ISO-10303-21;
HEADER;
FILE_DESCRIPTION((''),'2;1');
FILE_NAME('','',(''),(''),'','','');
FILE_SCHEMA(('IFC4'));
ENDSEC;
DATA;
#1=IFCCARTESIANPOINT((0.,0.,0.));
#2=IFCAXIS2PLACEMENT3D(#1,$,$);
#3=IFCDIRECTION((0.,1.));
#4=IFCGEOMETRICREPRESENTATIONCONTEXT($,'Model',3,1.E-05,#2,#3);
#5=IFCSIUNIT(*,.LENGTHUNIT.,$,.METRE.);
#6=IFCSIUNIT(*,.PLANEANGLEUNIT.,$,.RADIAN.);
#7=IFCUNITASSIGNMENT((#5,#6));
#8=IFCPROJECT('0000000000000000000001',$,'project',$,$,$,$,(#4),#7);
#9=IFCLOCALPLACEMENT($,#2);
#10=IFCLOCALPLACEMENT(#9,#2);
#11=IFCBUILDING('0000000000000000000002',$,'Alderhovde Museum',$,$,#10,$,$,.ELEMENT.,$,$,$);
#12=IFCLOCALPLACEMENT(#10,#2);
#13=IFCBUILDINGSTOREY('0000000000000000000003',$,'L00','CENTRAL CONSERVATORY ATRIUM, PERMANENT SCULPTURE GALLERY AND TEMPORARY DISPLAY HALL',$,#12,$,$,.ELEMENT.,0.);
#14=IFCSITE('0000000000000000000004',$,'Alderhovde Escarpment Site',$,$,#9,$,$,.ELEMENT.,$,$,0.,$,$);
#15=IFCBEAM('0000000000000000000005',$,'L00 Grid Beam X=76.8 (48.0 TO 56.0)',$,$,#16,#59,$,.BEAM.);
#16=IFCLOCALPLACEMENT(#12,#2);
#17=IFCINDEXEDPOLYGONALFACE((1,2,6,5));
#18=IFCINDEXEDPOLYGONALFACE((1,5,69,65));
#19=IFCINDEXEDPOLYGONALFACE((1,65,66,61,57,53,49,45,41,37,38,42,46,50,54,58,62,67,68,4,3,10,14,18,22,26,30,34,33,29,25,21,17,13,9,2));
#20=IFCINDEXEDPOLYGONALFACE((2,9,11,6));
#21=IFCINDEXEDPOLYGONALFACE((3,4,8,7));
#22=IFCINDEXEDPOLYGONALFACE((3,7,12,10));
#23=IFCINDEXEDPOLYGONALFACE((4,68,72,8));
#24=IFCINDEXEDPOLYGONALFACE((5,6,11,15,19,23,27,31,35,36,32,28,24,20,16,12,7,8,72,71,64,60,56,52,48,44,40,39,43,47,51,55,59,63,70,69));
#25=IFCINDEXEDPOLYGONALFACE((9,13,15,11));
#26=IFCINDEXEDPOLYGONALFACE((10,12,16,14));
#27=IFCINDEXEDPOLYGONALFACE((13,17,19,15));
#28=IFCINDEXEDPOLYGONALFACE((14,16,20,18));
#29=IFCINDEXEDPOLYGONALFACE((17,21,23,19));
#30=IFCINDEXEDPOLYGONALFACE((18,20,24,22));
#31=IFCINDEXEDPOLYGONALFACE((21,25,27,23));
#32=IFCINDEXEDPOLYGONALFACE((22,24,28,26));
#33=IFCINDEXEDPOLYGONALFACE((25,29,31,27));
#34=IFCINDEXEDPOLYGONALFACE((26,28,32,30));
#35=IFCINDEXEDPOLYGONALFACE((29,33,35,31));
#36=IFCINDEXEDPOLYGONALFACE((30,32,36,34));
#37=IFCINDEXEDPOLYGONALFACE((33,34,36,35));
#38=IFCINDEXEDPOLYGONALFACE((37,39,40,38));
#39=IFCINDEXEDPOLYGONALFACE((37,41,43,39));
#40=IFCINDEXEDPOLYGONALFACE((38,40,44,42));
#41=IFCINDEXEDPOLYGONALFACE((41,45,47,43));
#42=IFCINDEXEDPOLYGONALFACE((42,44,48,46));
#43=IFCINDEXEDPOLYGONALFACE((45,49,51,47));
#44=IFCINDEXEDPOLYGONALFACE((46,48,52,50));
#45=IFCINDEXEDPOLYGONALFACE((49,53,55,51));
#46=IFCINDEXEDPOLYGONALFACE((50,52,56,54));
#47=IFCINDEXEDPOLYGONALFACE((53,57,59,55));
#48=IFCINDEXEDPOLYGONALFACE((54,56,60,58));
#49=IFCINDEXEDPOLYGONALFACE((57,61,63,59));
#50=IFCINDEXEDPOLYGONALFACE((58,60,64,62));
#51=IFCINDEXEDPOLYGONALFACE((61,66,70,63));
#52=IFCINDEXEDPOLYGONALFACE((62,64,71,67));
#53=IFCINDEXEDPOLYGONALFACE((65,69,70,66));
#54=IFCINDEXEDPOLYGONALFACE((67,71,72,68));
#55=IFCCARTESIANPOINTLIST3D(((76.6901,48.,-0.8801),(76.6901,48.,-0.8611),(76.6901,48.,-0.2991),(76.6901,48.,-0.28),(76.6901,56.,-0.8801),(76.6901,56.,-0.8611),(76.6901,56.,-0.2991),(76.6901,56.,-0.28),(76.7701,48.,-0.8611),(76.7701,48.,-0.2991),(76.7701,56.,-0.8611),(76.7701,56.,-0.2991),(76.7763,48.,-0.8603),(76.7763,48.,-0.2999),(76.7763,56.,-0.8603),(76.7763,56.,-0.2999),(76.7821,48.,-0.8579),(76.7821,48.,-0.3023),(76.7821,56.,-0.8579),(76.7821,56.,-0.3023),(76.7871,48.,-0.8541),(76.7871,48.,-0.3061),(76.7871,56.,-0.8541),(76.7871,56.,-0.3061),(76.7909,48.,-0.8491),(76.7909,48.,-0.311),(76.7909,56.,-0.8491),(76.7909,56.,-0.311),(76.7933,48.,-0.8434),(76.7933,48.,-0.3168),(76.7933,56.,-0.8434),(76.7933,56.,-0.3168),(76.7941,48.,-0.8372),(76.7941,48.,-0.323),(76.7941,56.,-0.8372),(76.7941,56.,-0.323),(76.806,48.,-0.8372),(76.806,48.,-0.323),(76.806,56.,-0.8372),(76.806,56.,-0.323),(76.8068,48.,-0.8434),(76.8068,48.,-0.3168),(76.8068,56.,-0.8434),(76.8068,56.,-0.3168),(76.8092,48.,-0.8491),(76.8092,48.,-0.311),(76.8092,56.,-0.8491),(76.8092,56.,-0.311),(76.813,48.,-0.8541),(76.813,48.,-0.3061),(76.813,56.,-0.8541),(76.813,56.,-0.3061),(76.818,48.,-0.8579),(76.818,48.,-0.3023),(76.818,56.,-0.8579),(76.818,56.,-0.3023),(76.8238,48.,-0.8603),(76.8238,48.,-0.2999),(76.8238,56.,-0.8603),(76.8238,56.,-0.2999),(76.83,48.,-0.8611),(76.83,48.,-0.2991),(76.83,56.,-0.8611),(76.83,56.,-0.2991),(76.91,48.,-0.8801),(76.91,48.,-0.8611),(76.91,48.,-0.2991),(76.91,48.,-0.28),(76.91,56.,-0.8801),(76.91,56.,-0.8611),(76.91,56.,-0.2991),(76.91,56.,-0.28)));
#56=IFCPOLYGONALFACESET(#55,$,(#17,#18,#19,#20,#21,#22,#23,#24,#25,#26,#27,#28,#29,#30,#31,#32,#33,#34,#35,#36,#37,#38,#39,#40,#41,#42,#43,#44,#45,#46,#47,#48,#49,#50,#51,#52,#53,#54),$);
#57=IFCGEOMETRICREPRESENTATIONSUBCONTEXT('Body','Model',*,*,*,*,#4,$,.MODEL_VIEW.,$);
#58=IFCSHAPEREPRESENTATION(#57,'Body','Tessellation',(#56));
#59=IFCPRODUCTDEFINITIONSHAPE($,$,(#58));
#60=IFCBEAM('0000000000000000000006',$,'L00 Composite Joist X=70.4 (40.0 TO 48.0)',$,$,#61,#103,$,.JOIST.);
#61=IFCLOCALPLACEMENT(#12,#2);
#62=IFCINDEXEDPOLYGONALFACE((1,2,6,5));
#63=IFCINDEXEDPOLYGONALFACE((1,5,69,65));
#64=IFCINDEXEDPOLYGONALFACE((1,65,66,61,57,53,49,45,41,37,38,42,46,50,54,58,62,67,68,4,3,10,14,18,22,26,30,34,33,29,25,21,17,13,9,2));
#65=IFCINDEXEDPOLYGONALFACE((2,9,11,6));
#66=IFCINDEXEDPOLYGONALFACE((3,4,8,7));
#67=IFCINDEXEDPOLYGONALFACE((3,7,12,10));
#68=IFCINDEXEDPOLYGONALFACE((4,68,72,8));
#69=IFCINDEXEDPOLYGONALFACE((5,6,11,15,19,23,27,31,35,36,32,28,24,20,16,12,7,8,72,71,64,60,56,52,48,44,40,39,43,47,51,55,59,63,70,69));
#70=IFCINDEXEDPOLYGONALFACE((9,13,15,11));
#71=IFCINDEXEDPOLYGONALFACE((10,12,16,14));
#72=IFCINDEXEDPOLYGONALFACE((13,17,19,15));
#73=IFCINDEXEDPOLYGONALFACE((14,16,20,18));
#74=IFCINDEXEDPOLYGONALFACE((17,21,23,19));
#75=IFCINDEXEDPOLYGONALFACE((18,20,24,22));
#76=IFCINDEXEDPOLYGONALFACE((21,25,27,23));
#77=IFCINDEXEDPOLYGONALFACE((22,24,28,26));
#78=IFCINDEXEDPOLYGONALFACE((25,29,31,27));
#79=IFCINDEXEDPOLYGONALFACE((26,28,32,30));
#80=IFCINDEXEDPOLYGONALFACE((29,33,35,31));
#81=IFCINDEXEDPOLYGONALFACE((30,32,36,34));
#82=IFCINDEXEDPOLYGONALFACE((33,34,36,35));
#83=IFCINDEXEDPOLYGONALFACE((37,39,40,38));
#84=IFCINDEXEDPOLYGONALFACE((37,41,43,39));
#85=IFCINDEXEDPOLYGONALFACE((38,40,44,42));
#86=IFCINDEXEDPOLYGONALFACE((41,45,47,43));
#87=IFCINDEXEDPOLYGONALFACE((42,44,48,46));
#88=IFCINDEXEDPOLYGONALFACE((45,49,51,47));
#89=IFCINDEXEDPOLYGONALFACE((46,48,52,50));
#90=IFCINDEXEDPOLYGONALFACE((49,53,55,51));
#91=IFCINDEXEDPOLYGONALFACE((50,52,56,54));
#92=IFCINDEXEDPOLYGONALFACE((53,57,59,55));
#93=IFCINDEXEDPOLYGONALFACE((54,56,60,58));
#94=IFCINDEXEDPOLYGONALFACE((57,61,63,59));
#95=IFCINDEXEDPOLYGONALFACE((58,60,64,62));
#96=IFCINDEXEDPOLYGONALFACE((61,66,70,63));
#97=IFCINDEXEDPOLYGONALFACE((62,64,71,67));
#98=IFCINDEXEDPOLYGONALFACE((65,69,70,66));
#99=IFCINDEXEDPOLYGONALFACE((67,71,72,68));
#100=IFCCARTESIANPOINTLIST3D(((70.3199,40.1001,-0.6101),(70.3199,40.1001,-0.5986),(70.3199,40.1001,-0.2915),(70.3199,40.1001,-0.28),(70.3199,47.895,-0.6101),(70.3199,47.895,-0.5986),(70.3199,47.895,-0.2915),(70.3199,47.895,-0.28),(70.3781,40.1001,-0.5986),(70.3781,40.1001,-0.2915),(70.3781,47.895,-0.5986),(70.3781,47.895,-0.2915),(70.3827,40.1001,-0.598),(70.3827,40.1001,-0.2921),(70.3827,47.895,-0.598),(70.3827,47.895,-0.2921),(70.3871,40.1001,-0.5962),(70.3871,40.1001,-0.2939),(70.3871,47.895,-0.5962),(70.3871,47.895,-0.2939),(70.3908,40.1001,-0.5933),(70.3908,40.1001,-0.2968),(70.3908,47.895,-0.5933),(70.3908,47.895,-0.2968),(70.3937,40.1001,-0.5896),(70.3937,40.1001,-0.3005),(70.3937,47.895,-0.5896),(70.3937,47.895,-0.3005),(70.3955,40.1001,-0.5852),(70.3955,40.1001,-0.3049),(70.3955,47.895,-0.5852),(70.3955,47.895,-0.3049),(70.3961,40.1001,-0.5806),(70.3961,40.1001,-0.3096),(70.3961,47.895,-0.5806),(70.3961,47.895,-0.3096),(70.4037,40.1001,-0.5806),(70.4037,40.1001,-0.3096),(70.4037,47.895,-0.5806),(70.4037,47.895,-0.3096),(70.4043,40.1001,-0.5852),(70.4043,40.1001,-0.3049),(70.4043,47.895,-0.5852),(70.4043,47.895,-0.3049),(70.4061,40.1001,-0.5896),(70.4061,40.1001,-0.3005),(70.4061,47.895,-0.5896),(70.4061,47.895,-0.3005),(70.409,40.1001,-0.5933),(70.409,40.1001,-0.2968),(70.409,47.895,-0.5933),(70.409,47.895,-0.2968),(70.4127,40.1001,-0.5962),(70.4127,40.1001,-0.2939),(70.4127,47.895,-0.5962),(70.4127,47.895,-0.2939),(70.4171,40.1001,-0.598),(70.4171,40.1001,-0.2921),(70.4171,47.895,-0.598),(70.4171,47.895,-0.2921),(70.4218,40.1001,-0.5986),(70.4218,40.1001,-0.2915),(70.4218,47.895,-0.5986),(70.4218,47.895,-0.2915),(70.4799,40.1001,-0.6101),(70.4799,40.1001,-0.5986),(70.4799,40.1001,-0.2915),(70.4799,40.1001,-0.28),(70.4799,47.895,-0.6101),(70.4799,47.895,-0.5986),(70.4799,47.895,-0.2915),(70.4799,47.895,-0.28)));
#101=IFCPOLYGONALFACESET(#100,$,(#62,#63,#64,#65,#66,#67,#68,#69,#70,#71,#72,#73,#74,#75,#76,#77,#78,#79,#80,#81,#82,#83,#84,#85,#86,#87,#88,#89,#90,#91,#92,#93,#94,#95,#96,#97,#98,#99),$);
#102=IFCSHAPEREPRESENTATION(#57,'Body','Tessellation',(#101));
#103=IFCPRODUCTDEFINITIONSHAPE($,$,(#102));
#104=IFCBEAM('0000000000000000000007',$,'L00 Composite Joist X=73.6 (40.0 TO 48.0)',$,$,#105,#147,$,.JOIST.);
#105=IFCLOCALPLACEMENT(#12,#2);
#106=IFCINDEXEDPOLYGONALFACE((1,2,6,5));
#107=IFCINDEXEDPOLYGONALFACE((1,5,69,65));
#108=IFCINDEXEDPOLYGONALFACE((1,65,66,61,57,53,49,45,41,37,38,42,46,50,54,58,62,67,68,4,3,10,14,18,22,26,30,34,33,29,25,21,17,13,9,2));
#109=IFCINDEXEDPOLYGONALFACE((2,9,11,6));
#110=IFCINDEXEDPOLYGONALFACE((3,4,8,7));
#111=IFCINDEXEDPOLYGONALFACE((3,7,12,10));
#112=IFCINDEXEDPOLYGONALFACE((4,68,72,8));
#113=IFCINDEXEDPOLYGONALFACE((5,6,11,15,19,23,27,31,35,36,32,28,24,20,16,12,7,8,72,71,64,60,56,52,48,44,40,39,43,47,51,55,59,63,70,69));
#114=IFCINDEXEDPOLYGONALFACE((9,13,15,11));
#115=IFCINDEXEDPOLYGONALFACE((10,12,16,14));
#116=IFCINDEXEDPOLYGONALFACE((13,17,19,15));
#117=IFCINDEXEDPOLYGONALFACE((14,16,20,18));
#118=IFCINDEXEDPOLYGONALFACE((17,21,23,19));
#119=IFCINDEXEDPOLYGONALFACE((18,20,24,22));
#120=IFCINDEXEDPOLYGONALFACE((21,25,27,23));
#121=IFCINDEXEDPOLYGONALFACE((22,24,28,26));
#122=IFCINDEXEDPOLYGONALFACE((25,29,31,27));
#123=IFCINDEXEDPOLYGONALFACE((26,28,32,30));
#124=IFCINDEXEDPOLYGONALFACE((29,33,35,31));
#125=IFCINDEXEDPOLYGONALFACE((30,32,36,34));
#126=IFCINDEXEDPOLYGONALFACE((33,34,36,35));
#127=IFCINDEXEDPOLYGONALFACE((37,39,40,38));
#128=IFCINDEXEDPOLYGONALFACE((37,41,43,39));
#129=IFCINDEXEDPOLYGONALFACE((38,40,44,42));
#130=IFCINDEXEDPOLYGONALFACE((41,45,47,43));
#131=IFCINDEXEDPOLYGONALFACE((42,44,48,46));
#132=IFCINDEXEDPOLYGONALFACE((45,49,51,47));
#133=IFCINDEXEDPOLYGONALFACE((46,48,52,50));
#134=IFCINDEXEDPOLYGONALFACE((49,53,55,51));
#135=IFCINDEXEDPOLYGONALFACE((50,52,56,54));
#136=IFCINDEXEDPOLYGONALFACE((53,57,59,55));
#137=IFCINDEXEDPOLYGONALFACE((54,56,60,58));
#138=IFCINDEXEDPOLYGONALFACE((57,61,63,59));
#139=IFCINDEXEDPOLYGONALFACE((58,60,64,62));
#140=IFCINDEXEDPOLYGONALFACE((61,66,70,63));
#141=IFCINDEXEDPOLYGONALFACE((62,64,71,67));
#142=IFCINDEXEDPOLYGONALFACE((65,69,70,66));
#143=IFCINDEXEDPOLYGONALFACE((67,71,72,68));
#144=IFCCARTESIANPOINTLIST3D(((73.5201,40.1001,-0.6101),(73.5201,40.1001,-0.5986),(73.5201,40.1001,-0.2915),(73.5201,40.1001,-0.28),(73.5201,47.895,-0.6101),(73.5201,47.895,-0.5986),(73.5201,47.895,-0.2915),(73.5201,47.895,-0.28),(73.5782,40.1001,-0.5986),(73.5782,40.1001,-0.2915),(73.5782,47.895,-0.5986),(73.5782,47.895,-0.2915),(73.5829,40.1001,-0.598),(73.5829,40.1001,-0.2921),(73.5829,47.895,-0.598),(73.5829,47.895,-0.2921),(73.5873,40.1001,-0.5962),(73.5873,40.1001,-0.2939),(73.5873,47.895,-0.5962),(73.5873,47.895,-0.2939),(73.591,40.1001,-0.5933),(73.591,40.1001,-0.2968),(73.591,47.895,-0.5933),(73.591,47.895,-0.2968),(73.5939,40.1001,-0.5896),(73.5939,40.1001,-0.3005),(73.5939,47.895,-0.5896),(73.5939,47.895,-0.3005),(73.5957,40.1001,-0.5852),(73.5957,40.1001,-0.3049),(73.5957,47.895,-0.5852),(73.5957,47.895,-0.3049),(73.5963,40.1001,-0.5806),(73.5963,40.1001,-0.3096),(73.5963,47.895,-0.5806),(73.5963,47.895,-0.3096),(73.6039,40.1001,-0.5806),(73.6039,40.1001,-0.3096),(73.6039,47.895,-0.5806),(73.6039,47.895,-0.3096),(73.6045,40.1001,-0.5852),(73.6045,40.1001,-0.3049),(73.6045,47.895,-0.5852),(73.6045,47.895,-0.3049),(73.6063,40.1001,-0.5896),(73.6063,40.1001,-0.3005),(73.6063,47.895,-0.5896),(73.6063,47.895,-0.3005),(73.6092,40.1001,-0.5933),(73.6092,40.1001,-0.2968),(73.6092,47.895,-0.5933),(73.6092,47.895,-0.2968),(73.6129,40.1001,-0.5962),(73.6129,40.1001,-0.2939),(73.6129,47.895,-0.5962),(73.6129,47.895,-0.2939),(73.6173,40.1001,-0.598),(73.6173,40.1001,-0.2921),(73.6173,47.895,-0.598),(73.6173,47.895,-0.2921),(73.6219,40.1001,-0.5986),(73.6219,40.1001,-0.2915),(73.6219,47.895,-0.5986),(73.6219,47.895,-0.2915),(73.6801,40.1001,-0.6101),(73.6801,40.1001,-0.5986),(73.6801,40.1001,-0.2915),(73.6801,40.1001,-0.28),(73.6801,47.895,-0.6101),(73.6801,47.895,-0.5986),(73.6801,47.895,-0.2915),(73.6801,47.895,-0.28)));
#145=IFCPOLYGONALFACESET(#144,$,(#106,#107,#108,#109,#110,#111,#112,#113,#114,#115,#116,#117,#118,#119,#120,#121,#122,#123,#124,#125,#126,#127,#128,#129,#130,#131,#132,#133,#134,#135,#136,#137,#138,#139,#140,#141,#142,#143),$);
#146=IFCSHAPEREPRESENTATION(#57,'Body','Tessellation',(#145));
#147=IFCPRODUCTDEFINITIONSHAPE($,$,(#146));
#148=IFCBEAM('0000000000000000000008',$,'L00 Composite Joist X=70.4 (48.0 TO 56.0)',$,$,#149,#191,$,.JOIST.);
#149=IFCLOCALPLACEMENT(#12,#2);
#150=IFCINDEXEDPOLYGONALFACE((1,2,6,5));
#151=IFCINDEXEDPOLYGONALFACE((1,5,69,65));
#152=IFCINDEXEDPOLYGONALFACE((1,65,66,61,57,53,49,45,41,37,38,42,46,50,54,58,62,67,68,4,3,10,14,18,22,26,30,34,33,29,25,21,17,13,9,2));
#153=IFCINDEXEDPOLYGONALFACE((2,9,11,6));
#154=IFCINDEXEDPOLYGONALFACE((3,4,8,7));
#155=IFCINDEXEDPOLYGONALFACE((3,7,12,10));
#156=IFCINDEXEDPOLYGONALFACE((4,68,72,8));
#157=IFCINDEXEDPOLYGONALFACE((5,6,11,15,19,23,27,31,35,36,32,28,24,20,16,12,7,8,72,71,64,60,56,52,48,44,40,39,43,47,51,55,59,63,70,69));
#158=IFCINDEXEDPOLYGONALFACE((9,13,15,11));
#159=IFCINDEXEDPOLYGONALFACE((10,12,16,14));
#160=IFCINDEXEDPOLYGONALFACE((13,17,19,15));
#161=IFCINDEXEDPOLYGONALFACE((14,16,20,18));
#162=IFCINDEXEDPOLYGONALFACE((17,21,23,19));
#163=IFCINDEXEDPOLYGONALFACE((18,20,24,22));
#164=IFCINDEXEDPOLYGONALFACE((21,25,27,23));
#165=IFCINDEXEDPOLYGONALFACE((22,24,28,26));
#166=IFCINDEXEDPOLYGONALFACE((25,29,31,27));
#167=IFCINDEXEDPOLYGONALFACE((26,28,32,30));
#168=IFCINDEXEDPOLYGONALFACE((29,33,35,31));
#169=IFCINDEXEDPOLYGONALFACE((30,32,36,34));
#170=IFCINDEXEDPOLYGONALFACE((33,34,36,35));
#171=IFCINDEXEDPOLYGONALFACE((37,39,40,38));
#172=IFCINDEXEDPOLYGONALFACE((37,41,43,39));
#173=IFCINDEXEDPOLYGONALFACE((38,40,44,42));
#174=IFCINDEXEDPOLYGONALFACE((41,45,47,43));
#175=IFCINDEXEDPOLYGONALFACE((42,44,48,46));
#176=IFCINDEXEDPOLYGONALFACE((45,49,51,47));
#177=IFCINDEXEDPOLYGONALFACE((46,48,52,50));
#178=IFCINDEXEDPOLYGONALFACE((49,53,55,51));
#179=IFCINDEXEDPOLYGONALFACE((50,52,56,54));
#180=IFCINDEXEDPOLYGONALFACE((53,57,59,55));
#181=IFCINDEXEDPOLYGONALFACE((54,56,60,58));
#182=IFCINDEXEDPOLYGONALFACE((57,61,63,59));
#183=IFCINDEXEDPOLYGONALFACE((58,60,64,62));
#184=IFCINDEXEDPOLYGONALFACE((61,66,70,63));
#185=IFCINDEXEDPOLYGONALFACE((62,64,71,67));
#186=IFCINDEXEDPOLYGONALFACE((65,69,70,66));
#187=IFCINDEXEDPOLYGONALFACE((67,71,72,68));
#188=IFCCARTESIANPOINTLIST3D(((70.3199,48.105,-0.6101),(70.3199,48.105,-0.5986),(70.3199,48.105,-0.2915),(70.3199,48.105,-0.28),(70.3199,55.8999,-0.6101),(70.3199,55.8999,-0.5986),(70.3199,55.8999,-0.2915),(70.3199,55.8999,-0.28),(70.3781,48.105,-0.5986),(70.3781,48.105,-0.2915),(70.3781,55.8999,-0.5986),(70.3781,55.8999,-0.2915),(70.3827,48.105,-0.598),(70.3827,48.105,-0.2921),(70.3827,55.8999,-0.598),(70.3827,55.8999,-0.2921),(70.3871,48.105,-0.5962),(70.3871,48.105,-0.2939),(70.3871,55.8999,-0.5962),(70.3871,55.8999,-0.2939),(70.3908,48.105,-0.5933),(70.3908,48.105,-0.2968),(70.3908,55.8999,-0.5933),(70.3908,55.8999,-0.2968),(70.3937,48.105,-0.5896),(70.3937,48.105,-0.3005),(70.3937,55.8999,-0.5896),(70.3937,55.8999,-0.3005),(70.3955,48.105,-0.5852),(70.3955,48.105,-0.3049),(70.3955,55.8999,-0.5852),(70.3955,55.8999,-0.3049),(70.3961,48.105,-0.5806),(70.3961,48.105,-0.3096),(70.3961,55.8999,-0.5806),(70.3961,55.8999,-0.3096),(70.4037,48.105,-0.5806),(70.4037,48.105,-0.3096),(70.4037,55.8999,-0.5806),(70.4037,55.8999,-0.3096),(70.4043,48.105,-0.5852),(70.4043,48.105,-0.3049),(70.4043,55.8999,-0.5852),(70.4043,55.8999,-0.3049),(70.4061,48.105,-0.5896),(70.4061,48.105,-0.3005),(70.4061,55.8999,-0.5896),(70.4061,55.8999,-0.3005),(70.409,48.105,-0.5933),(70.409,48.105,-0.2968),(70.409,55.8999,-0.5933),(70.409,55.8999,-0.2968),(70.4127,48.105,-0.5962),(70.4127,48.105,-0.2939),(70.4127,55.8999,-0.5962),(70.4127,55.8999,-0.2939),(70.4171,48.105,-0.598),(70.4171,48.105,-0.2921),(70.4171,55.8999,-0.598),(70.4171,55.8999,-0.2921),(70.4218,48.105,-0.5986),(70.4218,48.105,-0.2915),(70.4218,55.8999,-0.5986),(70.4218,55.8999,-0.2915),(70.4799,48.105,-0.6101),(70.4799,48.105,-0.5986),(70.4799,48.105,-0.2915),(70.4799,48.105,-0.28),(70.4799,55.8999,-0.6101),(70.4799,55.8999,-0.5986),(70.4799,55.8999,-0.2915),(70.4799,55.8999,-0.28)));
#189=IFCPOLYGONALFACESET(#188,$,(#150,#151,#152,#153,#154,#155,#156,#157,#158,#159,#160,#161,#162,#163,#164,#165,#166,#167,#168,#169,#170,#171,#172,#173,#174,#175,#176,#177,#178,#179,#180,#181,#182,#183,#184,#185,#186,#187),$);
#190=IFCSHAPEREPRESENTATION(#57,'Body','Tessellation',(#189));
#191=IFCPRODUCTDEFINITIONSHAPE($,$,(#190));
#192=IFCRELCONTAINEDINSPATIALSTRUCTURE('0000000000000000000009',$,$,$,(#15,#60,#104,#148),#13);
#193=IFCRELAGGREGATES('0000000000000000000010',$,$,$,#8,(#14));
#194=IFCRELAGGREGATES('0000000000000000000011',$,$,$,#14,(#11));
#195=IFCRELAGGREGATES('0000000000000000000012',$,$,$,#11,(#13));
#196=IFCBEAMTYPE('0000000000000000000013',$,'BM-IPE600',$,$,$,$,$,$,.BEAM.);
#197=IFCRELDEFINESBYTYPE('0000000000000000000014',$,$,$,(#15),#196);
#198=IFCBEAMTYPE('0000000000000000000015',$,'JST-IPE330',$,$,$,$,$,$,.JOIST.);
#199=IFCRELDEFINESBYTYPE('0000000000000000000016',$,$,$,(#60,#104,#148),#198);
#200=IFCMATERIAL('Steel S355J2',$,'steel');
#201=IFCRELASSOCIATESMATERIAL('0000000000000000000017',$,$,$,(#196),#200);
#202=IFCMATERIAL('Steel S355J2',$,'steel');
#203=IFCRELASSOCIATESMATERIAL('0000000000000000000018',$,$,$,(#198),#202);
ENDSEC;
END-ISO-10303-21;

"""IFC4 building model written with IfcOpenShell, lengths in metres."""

from ifc_helpers import new_model, si_unit, direction, frame, origin, origin_2d, place, context, subcontext, project, spatial, i_section, extrude, material, material_profile, profile_set, type_object, element, save


model = new_model("IFC4")

# Units and contexts
model_context = context("Model", 3, precision=1e-05, world=origin(), true_north=direction((0.0, 1.0)))
body_context = subcontext(model_context, "Body", "Model", "MODEL_VIEW")
ifc_project = project(units=[si_unit("LENGTHUNIT", "METRE"), si_unit("PLANEANGLEUNIT", "RADIAN")], contexts=[model_context])

# Site, building, storey
site_placement = place(None, origin())
site = spatial("IfcSite", under=ifc_project, at=site_placement, Name="Alderhovde Escarpment Site", CompositionType="ELEMENT", RefElevation=0.0)
building_placement = place(site_placement, origin())
building = spatial("IfcBuilding", under=site, at=building_placement, Name="Alderhovde Museum", CompositionType="ELEMENT")
storey_placement = place(building_placement, origin())
storey = spatial("IfcBuildingStorey", under=building, at=storey_placement, Name="L00", Description="CENTRAL CONSERVATORY ATRIUM, PERMANENT SCULPTURE GALLERY AND TEMPORARY DISPLAY HALL", CompositionType="ELEMENT", Elevation=0.0)

# Beams
ifc_material_1 = material(Name="Steel S355J2", Category="steel")
ifc_material_profile_1 = material_profile(ifc_material_1, i_section(OverallWidth=0.22, OverallDepth=0.6001, WebThickness=0.012, FlangeThickness=0.019, FilletRadius=0.0239, at=origin_2d()), Name="IPE 600")
ifc_profile_set_1 = profile_set([ifc_material_profile_1], Name="Steel S355J2")
beam_type_1 = type_object("IfcBeamType", Name="BM-IPE600", PredefinedType="BEAM", material=ifc_profile_set_1)
for number, where, z_axis, x_axis, name in (
    (1, (76.8, 48.0, -0.5801), (0.0, 1.0, 0.0), (-1.0, 0.0, 0.0), "L00 Grid Beam X=76.8 (48.0 TO 56.0)"),
):
    element("IfcBeam", number, at=place(storey_placement, frame(where, z_axis=z_axis, x_axis=x_axis)), inside=storey, type_object=beam_type_1, Name=name, PredefinedType="BEAM", context=body_context, shape_type="SweptSolid", body=[
        extrude(i_section(OverallWidth=0.22, OverallDepth=0.6001, WebThickness=0.012, FlangeThickness=0.019, FilletRadius=0.0239, at=origin_2d()), origin(), (0.0, 0.0, 1.0), 8.0),
    ])
ifc_material_2 = material(Name="Steel S355J2", Category="steel")
ifc_material_profile_2 = material_profile(ifc_material_2, i_section(OverallWidth=0.1599, OverallDepth=0.3301, WebThickness=0.0076, FlangeThickness=0.0115, FilletRadius=0.0181, at=origin_2d()), Name="IPE 330")
ifc_profile_set_2 = profile_set([ifc_material_profile_2], Name="Steel S355J2")
beam_type_2 = type_object("IfcBeamType", Name="JST-IPE330", PredefinedType="JOIST", material=ifc_profile_set_2)
for number, where, z_axis, x_axis, name in (
    (2, (70.3999, 40.1001, -0.4451), (0.0, 1.0, 0.0), (-1.0, 0.0, 0.0), "L00 Composite Joist X=70.4 (40.0 TO 48.0)"),
    (3, (73.6001, 40.1001, -0.4451), (0.0, 1.0, 0.0), (-1.0, 0.0, 0.0), "L00 Composite Joist X=73.6 (40.0 TO 48.0)"),
    (4, (70.3999, 48.105, -0.4451), (0.0, 1.0, 0.0), (-1.0, 0.0, 0.0), "L00 Composite Joist X=70.4 (48.0 TO 56.0)"),
):
    element("IfcBeam", number, at=place(storey_placement, frame(where, z_axis=z_axis, x_axis=x_axis)), inside=storey, type_object=beam_type_2, Name=name, PredefinedType="JOIST", context=body_context, shape_type="SweptSolid", body=[
        extrude(i_section(OverallWidth=0.1599, OverallDepth=0.3301, WebThickness=0.0076, FlangeThickness=0.0115, FilletRadius=0.0181, at=origin_2d()), origin(), (0.0, 0.0, 1.0), 7.7949),
    ])

save(model, "model.ifc")
